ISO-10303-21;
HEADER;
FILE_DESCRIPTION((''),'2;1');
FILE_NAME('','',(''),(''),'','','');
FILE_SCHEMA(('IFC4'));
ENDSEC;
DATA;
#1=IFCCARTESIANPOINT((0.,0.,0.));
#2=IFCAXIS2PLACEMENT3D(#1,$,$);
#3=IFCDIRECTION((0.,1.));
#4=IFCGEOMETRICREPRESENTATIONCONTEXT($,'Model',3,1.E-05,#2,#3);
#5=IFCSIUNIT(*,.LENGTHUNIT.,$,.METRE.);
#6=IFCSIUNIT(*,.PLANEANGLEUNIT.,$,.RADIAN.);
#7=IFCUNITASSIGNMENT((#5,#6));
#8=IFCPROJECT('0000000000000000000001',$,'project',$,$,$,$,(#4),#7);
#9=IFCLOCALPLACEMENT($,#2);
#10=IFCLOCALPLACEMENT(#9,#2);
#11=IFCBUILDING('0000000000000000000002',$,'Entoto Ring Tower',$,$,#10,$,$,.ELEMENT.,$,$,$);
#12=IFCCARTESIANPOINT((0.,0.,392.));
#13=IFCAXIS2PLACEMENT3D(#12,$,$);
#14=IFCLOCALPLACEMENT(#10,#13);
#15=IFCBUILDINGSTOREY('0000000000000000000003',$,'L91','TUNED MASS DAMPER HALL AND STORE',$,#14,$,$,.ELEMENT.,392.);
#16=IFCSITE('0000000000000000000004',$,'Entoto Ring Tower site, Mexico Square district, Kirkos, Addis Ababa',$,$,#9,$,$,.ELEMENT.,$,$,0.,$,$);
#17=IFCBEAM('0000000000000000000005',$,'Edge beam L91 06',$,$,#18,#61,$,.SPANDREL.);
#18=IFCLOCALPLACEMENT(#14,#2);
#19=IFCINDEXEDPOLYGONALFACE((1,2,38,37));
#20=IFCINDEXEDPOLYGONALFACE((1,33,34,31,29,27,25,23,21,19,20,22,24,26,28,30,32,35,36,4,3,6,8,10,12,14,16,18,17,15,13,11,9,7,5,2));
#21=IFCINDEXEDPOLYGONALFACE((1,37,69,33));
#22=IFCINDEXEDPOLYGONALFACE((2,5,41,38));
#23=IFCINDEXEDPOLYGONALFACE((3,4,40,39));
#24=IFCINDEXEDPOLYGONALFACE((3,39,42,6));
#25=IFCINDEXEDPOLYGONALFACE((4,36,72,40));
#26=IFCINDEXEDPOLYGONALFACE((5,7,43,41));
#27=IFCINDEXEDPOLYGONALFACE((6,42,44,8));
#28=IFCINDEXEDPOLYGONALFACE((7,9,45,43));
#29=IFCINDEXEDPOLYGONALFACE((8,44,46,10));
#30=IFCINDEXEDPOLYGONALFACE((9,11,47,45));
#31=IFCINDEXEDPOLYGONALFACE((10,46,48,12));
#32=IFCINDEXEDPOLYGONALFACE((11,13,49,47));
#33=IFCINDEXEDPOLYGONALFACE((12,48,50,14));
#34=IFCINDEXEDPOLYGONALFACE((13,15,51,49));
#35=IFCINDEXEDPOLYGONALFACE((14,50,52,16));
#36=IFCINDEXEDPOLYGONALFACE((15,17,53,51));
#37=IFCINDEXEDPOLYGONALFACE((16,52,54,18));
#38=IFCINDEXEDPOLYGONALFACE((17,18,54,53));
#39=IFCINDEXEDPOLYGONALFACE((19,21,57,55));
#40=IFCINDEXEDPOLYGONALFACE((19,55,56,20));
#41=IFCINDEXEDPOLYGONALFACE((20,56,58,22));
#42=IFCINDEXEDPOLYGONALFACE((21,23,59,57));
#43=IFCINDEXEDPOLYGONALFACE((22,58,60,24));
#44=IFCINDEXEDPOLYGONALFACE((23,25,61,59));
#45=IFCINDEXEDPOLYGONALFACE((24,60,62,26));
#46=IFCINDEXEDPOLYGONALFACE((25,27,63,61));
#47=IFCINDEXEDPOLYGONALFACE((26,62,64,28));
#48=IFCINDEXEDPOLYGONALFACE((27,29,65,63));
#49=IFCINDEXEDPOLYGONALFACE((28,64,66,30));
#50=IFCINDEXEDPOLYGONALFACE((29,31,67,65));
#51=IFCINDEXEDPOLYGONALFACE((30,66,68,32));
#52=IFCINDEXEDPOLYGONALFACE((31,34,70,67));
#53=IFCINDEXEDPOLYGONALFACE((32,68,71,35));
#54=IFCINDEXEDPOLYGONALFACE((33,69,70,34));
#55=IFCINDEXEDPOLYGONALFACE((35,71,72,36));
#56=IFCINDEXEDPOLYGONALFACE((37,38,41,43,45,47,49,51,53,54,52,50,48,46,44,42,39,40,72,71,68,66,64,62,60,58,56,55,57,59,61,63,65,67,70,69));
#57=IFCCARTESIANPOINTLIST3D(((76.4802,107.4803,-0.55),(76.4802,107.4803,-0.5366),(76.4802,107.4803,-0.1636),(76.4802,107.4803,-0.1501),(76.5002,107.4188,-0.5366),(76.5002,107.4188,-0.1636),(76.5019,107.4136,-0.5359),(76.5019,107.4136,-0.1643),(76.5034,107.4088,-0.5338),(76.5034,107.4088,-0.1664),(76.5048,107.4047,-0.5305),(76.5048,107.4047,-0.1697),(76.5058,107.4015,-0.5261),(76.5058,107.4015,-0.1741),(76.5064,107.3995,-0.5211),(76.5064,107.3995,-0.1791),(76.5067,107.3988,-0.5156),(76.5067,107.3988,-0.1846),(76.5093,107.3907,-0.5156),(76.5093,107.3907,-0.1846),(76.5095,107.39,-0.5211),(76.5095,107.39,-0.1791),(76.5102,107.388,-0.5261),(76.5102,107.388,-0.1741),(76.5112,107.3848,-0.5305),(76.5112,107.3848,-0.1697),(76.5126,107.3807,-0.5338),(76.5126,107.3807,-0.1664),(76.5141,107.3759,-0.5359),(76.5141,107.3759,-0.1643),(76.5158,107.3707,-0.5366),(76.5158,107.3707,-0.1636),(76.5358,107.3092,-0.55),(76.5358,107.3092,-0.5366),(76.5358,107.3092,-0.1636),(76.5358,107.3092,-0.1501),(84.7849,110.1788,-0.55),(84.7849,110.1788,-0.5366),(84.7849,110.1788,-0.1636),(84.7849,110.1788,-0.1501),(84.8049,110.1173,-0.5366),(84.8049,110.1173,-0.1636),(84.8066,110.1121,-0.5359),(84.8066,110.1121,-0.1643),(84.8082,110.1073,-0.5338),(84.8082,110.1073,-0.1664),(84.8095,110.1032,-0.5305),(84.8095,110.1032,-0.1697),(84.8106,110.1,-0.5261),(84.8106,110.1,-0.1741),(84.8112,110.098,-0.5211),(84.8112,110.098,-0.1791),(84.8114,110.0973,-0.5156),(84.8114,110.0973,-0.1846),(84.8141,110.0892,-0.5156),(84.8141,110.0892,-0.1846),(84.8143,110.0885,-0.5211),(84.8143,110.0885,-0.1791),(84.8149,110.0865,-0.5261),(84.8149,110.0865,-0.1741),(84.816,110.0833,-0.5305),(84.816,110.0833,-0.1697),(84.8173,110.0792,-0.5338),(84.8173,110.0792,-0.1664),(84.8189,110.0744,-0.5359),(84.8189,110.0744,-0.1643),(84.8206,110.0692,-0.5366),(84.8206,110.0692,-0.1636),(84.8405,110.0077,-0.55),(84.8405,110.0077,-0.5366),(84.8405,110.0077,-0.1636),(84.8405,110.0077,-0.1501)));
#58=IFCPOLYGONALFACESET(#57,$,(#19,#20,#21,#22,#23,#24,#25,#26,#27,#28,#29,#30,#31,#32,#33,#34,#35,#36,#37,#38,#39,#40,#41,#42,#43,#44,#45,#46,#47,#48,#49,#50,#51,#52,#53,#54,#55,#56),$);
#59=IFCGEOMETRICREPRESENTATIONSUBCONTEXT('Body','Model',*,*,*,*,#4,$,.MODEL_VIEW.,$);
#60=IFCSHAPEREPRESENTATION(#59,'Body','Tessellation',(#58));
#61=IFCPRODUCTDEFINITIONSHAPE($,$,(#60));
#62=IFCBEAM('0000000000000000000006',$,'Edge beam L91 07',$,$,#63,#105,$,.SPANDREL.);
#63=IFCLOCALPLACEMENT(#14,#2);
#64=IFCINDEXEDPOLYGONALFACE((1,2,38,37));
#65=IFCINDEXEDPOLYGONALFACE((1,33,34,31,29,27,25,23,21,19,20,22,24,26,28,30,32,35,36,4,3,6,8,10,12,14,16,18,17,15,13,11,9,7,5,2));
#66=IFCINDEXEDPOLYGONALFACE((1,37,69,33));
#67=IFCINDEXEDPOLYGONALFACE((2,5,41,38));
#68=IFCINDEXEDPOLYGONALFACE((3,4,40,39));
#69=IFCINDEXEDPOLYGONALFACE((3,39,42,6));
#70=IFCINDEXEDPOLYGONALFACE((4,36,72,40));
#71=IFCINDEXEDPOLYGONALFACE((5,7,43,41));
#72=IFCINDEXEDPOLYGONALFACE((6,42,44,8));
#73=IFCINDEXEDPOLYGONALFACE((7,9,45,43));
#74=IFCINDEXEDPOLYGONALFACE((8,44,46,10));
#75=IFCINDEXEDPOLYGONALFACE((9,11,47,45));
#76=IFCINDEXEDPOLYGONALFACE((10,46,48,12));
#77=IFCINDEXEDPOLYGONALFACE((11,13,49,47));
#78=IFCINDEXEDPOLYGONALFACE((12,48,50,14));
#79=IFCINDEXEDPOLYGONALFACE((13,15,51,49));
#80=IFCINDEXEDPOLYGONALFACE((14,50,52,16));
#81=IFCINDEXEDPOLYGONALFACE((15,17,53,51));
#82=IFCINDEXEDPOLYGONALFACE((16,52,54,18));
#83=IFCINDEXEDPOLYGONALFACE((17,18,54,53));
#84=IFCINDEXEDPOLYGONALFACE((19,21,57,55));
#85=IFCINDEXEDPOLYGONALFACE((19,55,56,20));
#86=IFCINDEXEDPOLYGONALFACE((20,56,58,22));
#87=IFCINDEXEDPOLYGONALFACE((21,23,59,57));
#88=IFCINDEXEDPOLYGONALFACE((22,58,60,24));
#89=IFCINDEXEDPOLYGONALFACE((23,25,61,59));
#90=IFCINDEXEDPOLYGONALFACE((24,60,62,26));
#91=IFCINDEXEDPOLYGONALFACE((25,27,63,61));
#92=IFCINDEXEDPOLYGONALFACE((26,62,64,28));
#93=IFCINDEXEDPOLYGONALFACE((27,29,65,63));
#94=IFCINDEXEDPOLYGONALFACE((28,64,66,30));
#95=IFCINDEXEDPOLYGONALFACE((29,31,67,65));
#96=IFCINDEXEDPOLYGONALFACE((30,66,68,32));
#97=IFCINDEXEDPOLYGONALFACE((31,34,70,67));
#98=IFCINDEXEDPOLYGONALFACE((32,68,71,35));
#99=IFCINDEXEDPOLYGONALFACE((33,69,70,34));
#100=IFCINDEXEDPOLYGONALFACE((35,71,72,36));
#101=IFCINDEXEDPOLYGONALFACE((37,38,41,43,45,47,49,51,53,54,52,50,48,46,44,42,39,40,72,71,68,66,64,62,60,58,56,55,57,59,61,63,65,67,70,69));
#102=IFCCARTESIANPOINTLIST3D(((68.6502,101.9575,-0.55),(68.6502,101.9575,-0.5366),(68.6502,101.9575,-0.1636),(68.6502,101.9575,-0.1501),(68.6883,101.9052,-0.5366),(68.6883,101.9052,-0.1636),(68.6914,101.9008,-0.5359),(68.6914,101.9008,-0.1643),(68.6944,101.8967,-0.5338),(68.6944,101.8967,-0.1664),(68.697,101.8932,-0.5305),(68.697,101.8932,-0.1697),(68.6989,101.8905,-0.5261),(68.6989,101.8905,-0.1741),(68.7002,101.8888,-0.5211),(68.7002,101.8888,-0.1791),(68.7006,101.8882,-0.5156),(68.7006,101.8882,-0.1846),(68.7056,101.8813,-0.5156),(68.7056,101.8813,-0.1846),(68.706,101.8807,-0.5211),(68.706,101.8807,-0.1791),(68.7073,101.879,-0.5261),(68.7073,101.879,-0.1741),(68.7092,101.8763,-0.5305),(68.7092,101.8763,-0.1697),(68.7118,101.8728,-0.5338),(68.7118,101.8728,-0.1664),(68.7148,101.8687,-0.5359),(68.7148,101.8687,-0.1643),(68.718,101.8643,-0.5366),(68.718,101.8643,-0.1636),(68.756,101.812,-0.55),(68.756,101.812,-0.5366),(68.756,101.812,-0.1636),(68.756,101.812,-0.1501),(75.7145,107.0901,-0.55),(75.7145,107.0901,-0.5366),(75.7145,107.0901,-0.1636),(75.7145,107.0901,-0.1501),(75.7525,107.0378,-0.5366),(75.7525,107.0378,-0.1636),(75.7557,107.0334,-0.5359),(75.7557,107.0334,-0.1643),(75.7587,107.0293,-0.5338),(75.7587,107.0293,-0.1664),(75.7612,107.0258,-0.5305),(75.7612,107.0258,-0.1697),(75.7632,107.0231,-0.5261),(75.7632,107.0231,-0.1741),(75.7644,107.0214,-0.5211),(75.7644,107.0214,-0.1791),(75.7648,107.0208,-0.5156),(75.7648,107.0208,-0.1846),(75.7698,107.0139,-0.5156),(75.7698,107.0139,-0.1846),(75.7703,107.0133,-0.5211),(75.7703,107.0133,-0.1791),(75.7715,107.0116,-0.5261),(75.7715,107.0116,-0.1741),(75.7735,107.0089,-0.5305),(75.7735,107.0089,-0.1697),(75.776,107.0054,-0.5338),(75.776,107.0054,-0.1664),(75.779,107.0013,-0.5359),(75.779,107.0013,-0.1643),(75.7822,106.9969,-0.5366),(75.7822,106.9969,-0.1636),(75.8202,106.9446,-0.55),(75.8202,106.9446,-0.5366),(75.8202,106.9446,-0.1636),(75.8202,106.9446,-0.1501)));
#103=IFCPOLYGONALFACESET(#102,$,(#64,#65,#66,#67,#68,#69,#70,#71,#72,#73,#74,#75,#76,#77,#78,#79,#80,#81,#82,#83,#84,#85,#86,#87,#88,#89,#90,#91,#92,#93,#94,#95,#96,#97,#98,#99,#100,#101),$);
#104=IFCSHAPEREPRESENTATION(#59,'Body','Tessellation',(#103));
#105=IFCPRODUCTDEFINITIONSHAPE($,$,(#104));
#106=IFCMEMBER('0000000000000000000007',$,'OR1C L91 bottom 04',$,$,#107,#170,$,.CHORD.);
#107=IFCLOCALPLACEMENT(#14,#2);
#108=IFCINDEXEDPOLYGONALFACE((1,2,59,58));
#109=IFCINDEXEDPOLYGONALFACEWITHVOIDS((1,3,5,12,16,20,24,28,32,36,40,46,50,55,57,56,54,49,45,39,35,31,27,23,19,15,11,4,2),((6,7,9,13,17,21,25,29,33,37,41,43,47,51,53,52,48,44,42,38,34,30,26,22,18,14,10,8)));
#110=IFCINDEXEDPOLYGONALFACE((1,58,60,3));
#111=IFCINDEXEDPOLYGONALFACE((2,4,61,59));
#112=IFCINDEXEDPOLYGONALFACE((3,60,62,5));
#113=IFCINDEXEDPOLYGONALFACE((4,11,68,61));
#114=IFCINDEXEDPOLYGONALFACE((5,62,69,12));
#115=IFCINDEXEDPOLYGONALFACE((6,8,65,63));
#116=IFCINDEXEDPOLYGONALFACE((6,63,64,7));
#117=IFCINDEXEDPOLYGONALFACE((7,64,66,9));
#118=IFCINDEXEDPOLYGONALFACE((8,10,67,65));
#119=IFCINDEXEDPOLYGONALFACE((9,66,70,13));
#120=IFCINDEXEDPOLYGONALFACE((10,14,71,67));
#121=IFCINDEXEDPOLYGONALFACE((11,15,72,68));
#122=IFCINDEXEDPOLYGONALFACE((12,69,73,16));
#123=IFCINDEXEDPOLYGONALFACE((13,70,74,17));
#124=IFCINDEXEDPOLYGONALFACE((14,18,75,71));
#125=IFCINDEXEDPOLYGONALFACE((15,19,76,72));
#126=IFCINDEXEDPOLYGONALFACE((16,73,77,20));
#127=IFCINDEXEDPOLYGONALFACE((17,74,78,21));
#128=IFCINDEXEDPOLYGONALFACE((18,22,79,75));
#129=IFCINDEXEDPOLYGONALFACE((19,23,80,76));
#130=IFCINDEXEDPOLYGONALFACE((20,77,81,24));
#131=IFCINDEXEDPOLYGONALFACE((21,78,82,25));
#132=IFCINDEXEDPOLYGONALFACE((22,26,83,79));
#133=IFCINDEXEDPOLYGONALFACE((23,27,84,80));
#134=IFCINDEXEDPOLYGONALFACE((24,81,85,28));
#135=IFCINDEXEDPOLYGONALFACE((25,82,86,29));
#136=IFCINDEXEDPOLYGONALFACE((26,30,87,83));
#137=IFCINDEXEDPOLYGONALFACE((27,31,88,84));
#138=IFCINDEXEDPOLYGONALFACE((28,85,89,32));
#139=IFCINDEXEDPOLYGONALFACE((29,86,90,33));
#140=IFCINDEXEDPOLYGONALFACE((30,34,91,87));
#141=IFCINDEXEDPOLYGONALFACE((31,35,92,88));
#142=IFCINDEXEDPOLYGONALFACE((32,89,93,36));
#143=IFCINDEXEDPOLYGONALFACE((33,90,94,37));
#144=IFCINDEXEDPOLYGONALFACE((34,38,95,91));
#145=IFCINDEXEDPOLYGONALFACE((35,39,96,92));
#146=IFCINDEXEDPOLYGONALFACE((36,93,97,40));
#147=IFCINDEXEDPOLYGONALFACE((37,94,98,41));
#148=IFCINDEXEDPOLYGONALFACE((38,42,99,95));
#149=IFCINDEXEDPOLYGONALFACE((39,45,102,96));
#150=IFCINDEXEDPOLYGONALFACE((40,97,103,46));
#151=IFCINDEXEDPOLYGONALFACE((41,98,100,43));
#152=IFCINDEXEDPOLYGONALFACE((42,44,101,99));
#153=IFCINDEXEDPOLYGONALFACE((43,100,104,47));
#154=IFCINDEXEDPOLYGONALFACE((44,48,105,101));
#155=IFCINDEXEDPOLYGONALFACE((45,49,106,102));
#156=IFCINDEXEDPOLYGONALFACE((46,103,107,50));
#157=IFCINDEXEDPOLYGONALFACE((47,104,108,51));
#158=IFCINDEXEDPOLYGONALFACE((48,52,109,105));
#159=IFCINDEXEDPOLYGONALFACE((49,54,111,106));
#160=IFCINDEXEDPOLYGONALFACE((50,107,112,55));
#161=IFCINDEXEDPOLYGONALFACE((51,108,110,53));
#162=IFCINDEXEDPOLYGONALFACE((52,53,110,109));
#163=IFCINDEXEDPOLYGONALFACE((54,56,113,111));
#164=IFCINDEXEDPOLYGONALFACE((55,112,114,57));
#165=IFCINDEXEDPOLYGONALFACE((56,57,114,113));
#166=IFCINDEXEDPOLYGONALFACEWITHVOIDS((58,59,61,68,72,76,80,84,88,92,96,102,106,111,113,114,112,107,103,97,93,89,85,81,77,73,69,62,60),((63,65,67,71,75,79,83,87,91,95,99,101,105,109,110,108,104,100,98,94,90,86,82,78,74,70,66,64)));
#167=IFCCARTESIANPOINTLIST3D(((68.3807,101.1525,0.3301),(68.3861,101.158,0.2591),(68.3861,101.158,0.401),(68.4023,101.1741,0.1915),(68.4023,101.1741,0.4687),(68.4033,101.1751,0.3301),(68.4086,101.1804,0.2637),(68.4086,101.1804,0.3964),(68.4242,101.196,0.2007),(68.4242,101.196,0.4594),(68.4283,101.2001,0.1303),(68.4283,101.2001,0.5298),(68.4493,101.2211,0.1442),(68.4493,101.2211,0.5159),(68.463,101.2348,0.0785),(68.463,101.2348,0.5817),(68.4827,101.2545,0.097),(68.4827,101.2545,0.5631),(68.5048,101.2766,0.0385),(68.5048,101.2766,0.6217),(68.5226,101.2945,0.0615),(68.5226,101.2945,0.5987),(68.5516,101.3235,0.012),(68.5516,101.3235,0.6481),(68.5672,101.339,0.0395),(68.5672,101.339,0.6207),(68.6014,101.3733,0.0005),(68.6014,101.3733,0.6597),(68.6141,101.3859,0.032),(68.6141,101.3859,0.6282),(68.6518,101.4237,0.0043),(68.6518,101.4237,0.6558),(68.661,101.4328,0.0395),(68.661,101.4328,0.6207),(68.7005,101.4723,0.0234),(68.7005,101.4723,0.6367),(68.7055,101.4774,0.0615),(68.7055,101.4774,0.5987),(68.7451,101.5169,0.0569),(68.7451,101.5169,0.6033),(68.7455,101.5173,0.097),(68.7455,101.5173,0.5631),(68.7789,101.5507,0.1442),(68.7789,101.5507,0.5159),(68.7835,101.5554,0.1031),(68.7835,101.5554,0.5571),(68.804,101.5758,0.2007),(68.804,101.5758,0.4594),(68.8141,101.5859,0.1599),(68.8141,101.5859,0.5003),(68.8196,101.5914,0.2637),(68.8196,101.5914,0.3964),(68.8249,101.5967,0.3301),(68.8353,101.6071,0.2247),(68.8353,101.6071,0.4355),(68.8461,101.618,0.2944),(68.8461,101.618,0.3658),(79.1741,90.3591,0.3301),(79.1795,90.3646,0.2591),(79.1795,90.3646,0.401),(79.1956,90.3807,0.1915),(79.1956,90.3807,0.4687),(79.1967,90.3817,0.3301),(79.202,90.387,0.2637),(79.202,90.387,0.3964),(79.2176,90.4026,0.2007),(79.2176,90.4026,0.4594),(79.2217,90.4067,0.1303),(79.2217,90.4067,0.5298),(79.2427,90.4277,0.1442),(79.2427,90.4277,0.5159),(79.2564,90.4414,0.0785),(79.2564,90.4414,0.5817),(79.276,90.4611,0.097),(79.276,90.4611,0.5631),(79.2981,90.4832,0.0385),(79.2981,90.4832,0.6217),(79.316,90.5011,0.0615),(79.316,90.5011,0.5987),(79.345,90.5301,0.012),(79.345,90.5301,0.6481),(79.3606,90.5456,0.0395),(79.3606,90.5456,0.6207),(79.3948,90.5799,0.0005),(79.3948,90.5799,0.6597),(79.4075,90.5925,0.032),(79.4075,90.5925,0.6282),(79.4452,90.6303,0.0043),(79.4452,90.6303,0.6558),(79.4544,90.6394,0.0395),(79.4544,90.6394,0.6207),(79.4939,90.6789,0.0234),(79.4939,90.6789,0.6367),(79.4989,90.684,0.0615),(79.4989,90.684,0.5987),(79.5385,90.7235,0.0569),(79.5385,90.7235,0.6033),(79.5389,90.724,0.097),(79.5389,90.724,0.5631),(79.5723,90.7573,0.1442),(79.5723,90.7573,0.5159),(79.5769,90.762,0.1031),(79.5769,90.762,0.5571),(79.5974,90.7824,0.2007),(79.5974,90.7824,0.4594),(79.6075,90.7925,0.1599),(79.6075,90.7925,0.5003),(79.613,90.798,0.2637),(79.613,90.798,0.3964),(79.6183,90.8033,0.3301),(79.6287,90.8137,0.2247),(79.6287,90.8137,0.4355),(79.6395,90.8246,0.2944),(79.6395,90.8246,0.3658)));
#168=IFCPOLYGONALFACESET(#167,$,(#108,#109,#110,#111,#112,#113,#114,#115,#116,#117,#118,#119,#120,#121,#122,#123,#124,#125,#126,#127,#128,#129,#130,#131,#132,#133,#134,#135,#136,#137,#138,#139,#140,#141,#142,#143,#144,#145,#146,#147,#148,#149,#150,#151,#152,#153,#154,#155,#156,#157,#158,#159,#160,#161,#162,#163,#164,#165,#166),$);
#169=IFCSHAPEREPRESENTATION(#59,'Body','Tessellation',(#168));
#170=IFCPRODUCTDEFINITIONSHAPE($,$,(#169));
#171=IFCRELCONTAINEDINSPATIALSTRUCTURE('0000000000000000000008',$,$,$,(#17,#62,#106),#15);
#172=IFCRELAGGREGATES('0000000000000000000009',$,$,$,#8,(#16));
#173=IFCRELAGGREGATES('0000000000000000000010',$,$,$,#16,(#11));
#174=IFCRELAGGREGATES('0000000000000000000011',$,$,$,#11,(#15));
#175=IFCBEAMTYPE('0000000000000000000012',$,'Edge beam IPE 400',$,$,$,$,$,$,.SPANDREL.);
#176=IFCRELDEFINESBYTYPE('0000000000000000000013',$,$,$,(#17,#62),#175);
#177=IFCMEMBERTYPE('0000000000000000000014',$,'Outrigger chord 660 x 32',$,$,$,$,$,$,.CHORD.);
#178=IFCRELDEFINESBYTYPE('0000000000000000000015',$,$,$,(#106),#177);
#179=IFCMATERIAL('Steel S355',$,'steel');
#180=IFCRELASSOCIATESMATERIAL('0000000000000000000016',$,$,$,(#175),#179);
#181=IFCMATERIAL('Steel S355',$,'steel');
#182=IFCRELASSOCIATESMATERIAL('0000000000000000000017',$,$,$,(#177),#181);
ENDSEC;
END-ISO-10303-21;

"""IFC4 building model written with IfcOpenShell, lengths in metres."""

from ifc_helpers import new_model, si_unit, direction, frame, origin, origin_2d, place, context, subcontext, project, spatial, circle, hollow_circle, i_section, extrude, material, material_profile, profile_set, type_object, element, save


model = new_model("IFC4")

# Units and contexts
model_context = context("Model", 3, precision=1e-05, world=origin(), true_north=direction((0.0, 1.0)))
body_context = subcontext(model_context, "Body", "Model", "MODEL_VIEW")
ifc_project = project(units=[si_unit("LENGTHUNIT", "METRE"), si_unit("PLANEANGLEUNIT", "RADIAN")], contexts=[model_context])

# Site, building, storey
site_placement = place(None, origin())
site = spatial("IfcSite", under=ifc_project, at=site_placement, Name="Entoto Ring Tower site, Mexico Square district, Kirkos, Addis Ababa", CompositionType="ELEMENT", RefElevation=0.0)
building_placement = place(site_placement, origin())
building = spatial("IfcBuilding", under=site, at=building_placement, Name="Entoto Ring Tower", CompositionType="ELEMENT")
storey_placement = place(building_placement, frame((0.0, 0.0, 392.0)))
storey = spatial("IfcBuildingStorey", under=building, at=storey_placement, Name="L91", Description="TUNED MASS DAMPER HALL AND STORE", CompositionType="ELEMENT", Elevation=392.0)

# Beams
ifc_material_1 = material(Name="Steel S355", Category="steel")
ifc_material_profile_1 = material_profile(ifc_material_1, i_section(OverallWidth=0.1799, OverallDepth=0.3999, WebThickness=0.0085, FlangeThickness=0.0134, FilletRadius=0.021, at=origin_2d()), Name="IPE 400")
ifc_profile_set_1 = profile_set([ifc_material_profile_1], Name="Steel S355")
beam_type_1 = type_object("IfcBeamType", Name="Edge beam IPE 400", PredefinedType="SPANDREL", material=ifc_profile_set_1)
beam_1_placement = place(storey_placement, frame((84.8127, 110.0933, -0.3501), z_axis=(-0.951052, -0.30903, 0.0), x_axis=(0.30903, -0.951052, 0.0)))
element("IfcBeam", 1, at=beam_1_placement, inside=storey, type_object=beam_type_1, Name="Edge beam L91 06", PredefinedType="SPANDREL", context=body_context, shape_type="SweptSolid", body=[
    extrude(i_section(OverallWidth=0.1799, OverallDepth=0.3999, WebThickness=0.0085, FlangeThickness=0.0134, FilletRadius=0.021, at=origin_2d()), origin(), (0.0, 0.0, 1.0), 8.7322),
])
beam_2_placement = place(storey_placement, frame((75.7673, 107.0173, -0.3501), z_axis=(-0.80901, -0.587794, 0.0), x_axis=(0.587794, -0.80901, 0.0)))
element("IfcBeam", 2, at=beam_2_placement, inside=storey, type_object=beam_type_1, Name="Edge beam L91 07", PredefinedType="SPANDREL", context=body_context, shape_type="SweptSolid", body=[
    extrude(i_section(OverallWidth=0.1799, OverallDepth=0.3999, WebThickness=0.0085, FlangeThickness=0.0134, FilletRadius=0.021, at=origin_2d()), origin(), (0.0, 0.0, 1.0), 8.7319),
])

# Member
ifc_material_2 = material(Name="Steel S355", Category="steel")
ifc_material_profile_2 = material_profile(ifc_material_2, hollow_circle(Radius=0.3301, WallThickness=0.032, at=origin_2d()), Name="CHS 660 x 32")
ifc_material_3 = material(Name="Concrete C60/75", Category="concrete")
ifc_material_profile_3 = material_profile(ifc_material_3, circle(Radius=0.2981, at=origin_2d()), Name="Concrete C60/75 infill")
ifc_profile_set_2 = profile_set([ifc_material_profile_2, ifc_material_profile_3], Name="Steel S355")
member_type_1 = type_object("IfcMemberType", Name="Outrigger chord 660 x 32", PredefinedType="CHORD", material=ifc_profile_set_2)
for number, where, z_axis, x_axis, name in (
    (3, (79.4075, 90.5925, 0.3301), (-0.707107, 0.707107, 0.0), (-0.707107, -0.707107, 0.0), "OR1C L91 bottom 04"),
):
    element("IfcMember", number, at=place(storey_placement, frame(where, z_axis=z_axis, x_axis=x_axis)), inside=storey, type_object=member_type_1, Name=name, PredefinedType="CHORD", context=body_context, shape_type="SweptSolid", body=[
        extrude(hollow_circle(Radius=0.3301, WallThickness=0.032, at=origin_2d()), origin(), (0.0, 0.0, 1.0), 15.2642),
    ])

save(model, "model.ifc")
